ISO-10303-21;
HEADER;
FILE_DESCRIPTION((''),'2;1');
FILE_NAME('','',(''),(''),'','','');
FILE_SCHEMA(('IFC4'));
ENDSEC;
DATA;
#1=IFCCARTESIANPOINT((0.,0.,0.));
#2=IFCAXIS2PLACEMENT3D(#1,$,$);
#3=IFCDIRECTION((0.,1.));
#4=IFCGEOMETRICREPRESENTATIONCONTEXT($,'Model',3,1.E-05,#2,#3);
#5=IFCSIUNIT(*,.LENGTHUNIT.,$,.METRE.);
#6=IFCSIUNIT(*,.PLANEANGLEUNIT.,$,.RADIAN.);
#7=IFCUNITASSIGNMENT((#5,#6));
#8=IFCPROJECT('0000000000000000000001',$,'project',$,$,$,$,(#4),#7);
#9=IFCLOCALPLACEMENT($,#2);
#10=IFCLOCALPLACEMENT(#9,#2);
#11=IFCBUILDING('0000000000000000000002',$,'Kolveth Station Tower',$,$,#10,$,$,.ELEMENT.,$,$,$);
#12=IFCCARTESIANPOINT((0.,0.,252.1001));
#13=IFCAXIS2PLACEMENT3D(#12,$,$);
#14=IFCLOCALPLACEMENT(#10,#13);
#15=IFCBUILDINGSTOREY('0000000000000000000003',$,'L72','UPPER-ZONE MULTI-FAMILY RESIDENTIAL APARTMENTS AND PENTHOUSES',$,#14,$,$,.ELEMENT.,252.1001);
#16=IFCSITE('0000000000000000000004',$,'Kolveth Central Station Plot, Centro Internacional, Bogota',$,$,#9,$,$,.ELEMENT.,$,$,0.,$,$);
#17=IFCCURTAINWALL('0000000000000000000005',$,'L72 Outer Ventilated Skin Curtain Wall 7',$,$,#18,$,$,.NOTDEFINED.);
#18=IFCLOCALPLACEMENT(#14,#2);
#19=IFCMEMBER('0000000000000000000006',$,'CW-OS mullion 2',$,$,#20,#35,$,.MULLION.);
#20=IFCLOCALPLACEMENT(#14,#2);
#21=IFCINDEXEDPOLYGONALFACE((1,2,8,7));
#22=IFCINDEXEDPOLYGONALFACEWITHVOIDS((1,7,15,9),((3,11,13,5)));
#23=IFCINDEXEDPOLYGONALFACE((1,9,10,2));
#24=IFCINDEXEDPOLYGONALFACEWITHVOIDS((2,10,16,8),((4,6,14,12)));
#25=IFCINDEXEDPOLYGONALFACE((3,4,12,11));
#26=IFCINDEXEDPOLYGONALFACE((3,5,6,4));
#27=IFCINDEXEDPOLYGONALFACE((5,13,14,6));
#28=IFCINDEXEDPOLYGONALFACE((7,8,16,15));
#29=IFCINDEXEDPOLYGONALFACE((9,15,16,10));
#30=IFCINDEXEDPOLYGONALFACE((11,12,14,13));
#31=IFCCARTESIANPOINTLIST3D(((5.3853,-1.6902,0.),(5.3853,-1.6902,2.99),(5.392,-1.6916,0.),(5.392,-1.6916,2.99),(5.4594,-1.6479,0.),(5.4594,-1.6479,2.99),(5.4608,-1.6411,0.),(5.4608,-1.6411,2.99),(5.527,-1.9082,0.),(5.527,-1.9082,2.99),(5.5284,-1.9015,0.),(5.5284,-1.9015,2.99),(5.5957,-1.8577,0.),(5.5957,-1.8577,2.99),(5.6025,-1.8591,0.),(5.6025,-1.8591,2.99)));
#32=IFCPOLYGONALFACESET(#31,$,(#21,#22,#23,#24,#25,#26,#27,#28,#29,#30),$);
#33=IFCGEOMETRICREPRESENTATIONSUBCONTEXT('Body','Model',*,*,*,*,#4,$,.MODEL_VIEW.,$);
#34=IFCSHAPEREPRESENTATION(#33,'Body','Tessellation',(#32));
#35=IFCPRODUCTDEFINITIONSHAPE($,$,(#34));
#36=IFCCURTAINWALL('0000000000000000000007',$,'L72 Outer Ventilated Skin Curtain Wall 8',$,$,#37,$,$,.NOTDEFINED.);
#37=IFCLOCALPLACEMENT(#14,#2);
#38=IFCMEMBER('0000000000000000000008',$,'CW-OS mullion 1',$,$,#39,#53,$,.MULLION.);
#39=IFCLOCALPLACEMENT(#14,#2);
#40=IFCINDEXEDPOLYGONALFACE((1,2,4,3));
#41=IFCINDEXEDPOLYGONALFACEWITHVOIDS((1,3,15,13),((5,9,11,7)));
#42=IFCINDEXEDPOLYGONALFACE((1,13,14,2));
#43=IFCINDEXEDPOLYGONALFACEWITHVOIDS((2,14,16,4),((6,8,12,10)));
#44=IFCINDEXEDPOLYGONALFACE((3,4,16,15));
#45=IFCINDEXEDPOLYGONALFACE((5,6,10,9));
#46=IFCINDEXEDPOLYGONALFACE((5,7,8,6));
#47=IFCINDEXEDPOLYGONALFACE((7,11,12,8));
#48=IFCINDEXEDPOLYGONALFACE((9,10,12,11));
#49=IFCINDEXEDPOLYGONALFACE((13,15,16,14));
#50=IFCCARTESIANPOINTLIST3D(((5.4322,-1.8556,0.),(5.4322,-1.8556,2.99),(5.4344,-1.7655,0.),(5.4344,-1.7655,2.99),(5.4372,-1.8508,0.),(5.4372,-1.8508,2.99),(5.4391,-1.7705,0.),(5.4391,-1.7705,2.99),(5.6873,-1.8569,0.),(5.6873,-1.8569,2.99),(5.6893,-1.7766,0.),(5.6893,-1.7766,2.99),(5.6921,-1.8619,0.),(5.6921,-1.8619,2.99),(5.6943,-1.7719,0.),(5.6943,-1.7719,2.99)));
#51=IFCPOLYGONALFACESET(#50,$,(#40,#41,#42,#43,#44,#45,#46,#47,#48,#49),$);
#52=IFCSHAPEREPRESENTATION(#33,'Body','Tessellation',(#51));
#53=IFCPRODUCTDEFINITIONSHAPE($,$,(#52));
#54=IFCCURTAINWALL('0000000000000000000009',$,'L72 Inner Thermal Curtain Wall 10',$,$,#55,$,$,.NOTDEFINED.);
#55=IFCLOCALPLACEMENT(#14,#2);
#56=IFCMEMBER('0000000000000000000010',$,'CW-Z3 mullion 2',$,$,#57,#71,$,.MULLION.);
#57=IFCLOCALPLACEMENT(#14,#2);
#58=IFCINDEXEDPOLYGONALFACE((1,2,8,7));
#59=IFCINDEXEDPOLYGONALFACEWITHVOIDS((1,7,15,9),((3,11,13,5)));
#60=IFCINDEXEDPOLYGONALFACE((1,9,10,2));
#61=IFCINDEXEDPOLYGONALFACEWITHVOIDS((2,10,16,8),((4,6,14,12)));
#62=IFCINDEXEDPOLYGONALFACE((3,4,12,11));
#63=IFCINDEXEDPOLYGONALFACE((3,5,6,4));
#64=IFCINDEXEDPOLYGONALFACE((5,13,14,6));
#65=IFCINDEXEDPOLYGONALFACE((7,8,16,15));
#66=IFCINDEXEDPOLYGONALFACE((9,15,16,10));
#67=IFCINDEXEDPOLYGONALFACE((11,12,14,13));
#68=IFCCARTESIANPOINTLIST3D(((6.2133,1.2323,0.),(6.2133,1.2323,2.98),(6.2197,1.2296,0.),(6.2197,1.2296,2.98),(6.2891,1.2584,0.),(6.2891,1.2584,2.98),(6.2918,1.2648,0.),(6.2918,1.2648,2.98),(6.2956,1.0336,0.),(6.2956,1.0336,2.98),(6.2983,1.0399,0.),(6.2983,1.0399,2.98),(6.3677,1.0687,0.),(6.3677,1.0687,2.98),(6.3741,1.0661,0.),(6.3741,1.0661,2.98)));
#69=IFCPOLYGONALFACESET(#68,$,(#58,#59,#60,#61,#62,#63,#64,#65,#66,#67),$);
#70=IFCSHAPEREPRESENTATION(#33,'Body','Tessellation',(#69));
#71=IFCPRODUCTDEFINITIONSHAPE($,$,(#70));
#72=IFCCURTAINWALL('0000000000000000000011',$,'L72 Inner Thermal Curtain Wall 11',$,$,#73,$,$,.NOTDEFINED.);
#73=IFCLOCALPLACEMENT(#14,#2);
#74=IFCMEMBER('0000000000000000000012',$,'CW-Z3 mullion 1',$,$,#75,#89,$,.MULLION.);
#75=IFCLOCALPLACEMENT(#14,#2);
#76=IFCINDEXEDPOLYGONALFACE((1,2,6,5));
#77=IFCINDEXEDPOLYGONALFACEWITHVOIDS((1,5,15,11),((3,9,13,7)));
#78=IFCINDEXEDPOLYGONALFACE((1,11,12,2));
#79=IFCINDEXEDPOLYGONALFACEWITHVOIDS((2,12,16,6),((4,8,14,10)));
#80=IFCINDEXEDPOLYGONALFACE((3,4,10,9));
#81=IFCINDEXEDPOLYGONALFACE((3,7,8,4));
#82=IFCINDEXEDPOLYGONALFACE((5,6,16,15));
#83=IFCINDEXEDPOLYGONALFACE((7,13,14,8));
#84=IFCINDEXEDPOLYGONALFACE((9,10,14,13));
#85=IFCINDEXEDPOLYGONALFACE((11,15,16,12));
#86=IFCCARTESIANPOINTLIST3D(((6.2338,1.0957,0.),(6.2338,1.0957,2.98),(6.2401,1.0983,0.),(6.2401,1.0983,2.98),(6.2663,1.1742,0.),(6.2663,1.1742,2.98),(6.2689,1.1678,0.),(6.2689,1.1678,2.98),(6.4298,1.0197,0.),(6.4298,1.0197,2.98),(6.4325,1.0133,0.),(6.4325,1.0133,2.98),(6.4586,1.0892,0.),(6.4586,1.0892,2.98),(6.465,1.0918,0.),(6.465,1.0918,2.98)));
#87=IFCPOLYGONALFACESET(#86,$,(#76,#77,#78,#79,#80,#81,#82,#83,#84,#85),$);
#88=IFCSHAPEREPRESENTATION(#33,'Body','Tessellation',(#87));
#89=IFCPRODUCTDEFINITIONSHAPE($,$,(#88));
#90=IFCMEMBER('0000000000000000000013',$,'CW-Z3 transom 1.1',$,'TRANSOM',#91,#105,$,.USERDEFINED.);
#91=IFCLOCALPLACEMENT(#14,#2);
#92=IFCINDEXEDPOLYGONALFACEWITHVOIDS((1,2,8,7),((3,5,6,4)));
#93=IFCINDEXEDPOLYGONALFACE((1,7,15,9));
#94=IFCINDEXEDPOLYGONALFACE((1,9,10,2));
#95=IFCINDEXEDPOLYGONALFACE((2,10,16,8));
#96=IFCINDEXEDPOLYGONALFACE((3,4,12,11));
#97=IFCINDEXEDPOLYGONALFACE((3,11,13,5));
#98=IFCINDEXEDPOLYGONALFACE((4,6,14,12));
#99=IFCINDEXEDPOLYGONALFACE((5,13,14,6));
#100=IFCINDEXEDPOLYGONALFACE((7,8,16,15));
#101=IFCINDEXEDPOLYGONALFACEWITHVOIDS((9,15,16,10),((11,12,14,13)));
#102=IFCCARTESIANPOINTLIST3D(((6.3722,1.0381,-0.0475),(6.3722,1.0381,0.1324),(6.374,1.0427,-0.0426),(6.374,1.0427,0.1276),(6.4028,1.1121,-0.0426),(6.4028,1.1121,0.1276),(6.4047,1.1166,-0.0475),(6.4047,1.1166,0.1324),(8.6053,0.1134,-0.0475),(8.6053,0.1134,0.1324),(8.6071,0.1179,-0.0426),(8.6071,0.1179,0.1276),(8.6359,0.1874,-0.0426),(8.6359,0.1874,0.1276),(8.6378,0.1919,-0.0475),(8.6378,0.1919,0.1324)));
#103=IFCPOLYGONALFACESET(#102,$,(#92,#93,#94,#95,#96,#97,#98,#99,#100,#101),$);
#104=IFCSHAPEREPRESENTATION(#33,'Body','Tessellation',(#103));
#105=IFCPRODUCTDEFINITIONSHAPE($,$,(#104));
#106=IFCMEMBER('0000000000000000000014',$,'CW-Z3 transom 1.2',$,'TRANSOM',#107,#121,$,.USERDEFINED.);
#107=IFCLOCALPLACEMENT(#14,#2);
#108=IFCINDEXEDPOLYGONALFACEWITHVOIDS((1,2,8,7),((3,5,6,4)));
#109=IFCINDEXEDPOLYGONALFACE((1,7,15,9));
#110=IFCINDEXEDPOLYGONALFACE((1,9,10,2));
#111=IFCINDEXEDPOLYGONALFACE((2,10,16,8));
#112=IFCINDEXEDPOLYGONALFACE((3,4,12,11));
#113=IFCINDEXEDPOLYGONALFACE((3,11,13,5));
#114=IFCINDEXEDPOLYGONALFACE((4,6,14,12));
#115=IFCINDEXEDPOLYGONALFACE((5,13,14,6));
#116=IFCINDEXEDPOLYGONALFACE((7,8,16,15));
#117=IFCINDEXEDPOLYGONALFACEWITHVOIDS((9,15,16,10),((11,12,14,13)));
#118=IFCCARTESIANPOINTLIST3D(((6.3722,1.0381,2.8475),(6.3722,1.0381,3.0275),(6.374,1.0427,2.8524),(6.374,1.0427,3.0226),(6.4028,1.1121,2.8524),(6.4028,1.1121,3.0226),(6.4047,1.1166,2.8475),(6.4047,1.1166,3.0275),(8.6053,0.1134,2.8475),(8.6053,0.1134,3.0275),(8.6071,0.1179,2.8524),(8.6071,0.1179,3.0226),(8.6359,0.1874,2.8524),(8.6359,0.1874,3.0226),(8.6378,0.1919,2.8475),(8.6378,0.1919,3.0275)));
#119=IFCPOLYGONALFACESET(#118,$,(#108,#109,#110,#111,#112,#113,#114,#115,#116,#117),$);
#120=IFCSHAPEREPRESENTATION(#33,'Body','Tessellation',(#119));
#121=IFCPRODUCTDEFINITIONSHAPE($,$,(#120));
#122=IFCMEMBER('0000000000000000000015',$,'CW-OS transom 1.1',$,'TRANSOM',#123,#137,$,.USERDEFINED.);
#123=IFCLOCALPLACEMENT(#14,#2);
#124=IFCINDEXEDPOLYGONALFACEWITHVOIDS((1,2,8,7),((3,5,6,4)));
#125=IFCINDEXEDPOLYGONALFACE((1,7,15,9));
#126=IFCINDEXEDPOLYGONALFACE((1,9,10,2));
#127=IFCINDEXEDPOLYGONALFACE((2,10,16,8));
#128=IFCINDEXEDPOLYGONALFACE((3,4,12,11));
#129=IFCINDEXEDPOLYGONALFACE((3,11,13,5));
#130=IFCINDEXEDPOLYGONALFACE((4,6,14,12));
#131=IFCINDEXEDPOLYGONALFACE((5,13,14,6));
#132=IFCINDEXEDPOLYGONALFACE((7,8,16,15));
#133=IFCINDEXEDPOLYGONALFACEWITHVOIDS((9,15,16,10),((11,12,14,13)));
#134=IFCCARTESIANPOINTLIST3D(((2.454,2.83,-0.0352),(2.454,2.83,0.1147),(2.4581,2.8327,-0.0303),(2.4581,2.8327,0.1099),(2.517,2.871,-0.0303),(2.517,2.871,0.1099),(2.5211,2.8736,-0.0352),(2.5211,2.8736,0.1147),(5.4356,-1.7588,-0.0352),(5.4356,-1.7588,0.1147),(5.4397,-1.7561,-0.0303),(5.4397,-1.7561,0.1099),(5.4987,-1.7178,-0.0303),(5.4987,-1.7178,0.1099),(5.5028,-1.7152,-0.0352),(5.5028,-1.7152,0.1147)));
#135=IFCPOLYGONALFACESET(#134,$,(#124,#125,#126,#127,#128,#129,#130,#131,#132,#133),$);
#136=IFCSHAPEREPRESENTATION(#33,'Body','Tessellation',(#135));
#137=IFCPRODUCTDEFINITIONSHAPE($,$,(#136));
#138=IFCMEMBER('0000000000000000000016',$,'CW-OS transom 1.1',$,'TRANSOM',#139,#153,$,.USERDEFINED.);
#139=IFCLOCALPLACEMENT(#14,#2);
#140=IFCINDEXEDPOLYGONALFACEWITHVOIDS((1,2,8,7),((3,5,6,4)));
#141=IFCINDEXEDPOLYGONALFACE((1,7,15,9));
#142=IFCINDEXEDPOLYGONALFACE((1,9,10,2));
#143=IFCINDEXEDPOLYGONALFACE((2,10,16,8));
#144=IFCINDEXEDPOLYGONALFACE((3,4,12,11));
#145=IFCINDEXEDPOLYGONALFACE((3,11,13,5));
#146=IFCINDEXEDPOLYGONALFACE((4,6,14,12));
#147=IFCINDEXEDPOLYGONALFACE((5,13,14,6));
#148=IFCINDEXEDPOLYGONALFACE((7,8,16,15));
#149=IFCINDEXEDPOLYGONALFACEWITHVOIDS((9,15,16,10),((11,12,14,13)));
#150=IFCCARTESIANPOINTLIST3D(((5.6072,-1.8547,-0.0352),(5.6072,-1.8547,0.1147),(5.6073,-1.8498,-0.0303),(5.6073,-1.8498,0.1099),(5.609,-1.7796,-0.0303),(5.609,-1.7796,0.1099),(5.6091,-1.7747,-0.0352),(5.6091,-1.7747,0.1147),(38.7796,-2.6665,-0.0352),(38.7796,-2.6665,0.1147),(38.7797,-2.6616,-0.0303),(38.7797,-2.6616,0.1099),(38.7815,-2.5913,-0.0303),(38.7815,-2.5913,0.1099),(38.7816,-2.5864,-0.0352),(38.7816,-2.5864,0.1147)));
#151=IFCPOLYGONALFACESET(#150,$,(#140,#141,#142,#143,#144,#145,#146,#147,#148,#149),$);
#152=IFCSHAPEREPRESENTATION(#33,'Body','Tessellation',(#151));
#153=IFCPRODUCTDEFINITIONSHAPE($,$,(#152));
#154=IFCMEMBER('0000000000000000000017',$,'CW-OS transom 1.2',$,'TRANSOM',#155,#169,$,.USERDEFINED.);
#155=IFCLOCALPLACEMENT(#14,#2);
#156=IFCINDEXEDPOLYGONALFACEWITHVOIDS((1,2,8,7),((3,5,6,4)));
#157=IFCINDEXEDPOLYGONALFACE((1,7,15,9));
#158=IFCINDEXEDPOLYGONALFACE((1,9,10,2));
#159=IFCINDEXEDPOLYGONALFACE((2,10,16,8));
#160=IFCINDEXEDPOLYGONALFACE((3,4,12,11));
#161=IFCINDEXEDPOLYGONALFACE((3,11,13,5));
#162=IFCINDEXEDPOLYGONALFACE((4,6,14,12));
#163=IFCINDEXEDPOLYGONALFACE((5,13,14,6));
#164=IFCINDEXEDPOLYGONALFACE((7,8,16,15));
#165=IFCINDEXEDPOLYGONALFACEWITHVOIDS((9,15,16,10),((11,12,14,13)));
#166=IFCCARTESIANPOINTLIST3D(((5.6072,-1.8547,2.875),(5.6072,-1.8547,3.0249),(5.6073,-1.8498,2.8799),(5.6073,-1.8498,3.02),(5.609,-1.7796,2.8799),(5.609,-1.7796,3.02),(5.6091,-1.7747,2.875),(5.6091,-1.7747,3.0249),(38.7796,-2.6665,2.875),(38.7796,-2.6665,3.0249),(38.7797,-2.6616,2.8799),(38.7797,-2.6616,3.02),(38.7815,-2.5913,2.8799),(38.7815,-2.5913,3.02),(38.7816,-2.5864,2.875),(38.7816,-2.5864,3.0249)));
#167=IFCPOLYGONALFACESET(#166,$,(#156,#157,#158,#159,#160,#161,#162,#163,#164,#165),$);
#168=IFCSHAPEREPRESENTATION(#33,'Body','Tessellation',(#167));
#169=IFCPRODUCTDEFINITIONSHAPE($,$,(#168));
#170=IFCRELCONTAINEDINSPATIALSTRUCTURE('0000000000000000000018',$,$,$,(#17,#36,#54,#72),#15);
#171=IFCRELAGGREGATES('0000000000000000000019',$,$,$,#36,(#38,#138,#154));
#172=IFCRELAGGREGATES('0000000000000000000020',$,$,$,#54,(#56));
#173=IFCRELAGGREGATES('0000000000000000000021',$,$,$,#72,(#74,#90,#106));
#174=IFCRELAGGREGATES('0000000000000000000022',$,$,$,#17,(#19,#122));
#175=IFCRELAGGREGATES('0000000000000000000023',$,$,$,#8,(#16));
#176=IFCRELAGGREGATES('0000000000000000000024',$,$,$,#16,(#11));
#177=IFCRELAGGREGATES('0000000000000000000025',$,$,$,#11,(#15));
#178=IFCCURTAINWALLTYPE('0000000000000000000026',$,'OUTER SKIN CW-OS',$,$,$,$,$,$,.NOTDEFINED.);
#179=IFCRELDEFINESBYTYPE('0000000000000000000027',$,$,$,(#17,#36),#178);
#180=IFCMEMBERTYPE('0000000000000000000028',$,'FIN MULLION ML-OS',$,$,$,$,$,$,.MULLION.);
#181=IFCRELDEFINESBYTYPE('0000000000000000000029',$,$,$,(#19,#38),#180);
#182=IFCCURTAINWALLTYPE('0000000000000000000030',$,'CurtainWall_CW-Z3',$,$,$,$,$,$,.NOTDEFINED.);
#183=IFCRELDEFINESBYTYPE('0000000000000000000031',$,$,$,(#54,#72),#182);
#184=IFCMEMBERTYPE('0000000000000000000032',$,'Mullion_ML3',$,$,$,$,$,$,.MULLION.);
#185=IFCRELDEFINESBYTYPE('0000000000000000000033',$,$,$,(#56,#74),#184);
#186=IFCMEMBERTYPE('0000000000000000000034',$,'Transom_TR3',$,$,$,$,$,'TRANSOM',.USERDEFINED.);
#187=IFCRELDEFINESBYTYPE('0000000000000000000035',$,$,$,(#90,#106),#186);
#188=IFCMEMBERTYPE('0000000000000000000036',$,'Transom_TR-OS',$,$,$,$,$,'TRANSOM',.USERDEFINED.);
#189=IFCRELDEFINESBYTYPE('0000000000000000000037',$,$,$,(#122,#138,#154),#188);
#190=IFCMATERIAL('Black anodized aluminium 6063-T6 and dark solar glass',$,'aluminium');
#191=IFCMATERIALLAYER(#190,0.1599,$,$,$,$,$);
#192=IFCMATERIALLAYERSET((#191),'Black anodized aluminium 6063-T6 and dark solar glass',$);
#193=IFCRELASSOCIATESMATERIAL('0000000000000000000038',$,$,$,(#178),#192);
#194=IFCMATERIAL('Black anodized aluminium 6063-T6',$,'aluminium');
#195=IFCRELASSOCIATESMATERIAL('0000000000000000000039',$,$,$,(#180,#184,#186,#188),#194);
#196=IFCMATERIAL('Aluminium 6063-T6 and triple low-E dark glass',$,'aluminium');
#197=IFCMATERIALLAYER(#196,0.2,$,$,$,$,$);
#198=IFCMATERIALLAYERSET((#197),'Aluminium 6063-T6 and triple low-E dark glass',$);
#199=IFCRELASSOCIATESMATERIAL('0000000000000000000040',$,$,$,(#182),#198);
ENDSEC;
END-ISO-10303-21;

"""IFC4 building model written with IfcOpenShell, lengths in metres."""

from ifc_helpers import new_model, si_unit, direction, frame, origin, origin_2d, place, context, subcontext, project, spatial, hollow_rectangle, extrude, source, transform, mapped, material, layer, layer_set, material_profile, profile_set, type_object, element, aggregate, save


model = new_model("IFC4")

# Units and contexts
model_context = context("Model", 3, precision=1e-05, world=origin(), true_north=direction((0.0, 1.0)))
body_context = subcontext(model_context, "Body", "Model", "MODEL_VIEW")
ifc_project = project(units=[si_unit("LENGTHUNIT", "METRE"), si_unit("PLANEANGLEUNIT", "RADIAN")], contexts=[model_context])

# Site, building, storey
site_placement = place(None, origin())
site = spatial("IfcSite", under=ifc_project, at=site_placement, Name="Kolveth Central Station Plot, Centro Internacional, Bogota", CompositionType="ELEMENT", RefElevation=0.0)
building_placement = place(site_placement, origin())
building = spatial("IfcBuilding", under=site, at=building_placement, Name="Kolveth Station Tower", CompositionType="ELEMENT")
storey_placement = place(building_placement, frame((0.0, 0.0, 252.1001)))
storey = spatial("IfcBuildingStorey", under=building, at=storey_placement, Name="L72", Description="UPPER-ZONE MULTI-FAMILY RESIDENTIAL APARTMENTS AND PENTHOUSES", CompositionType="ELEMENT", Elevation=252.1001)

# Curtain walls, members
ifc_material_1 = material(Name="Black anodized aluminium 6063-T6 and dark solar glass", Category="aluminium")
ifc_layer_1 = layer(ifc_material_1, 0.1599)
ifc_layer_set_1 = layer_set([ifc_layer_1], Name="Black anodized aluminium 6063-T6 and dark solar glass")
curtain_wall_type_1 = type_object("IfcCurtainWallType", Name="OUTER SKIN CW-OS", PredefinedType="NOTDEFINED", material=ifc_layer_set_1)
curtain_wall_1_placement = place(storey_placement, origin())
curtain_wall_1 = element("IfcCurtainWall", 1, at=curtain_wall_1_placement, inside=storey, type_object=curtain_wall_type_1, Name="L72 Outer Ventilated Skin Curtain Wall 7", PredefinedType="NOTDEFINED")
ifc_material_2 = material(Name="Black anodized aluminium 6063-T6", Category="aluminium")
ifc_material_profile_1 = material_profile(ifc_material_2, hollow_rectangle(XDim=0.0901, YDim=0.26, WallThickness=0.0049, at=origin_2d()), Name="ALU-90x260x5")
ifc_profile_set_1 = profile_set([ifc_material_profile_1], Name="Black anodized aluminium 6063-T6")
member_type_1 = type_object("IfcMemberType", Name="FIN MULLION ML-OS", PredefinedType="MULLION", material=ifc_profile_set_1)
shared_shape_1 = source(origin(), body_context, "Body", "SweptSolid", [
    extrude(hollow_rectangle(XDim=0.0901, YDim=0.26, WallThickness=0.0049, at=origin_2d()), origin(), (0.0, 0.0, 1.0), 2.99),
])
member_1_placement = place(storey_placement, frame((5.4939, -1.7747, 0.0), z_axis=(0.0, 0.0, 1.0), x_axis=(0.838533, 0.544851, 0.0)))
member_1 = element("IfcMember", 2, at=member_1_placement, type_object=member_type_1, Name="CW-OS mullion 2", PredefinedType="MULLION", context=body_context, shape_type="MappedRepresentation", body=[
    mapped(shared_shape_1, transform((0.0, 0.0, 0.0), x_axis=(1.0, 0.0, 0.0), y_axis=(0.0, 1.0, 0.0), z_axis=(0.0, 0.0, 1.0), scale=1.0)),
])
curtain_wall_2_placement = place(storey_placement, origin())
curtain_wall_2 = element("IfcCurtainWall", 3, at=curtain_wall_2_placement, inside=storey, type_object=curtain_wall_type_1, Name="L72 Outer Ventilated Skin Curtain Wall 8", PredefinedType="NOTDEFINED")
member_2_placement = place(storey_placement, frame((5.5632, -1.8137, 0.0), z_axis=(0.0, 0.0, 1.0), x_axis=(0.024462, 0.999701, 0.0)))
member_2 = element("IfcMember", 4, at=member_2_placement, type_object=member_type_1, Name="CW-OS mullion 1", PredefinedType="MULLION", context=body_context, shape_type="MappedRepresentation", body=[
    mapped(shared_shape_1, transform((0.0, 0.0, 0.0), x_axis=(1.0, 0.0, 0.0), y_axis=(0.0, 1.0, 0.0), z_axis=(0.0, 0.0, 1.0), scale=1.0)),
])
ifc_material_3 = material(Name="Aluminium 6063-T6 and triple low-E dark glass", Category="aluminium")
ifc_layer_2 = layer(ifc_material_3, 0.2)
ifc_layer_set_2 = layer_set([ifc_layer_2], Name="Aluminium 6063-T6 and triple low-E dark glass")
curtain_wall_type_2 = type_object("IfcCurtainWallType", Name="CurtainWall_CW-Z3", PredefinedType="NOTDEFINED", material=ifc_layer_set_2)
curtain_wall_3_placement = place(storey_placement, origin())
curtain_wall_3 = element("IfcCurtainWall", 5, at=curtain_wall_3_placement, inside=storey, type_object=curtain_wall_type_2, Name="L72 Inner Thermal Curtain Wall 10", PredefinedType="NOTDEFINED")
ifc_material_profile_2 = material_profile(ifc_material_2, hollow_rectangle(XDim=0.085, YDim=0.2151, WallThickness=0.0049, at=origin_2d()), Name="ALU-85x215x5")
ifc_profile_set_2 = profile_set([ifc_material_profile_2], Name="Black anodized aluminium 6063-T6")
member_type_2 = type_object("IfcMemberType", Name="Mullion_ML3", PredefinedType="MULLION", material=ifc_profile_set_2)
shared_shape_2 = source(origin(), body_context, "Body", "SweptSolid", [
    extrude(hollow_rectangle(XDim=0.085, YDim=0.2151, WallThickness=0.0049, at=origin_2d()), origin(), (0.0, 0.0, 1.0), 2.98),
])
member_3_placement = place(storey_placement, frame((6.2937, 1.1492, 0.0), z_axis=(0.0, 0.0, 1.0), x_axis=(0.923875, 0.382693, 0.0)))
member_3 = element("IfcMember", 6, at=member_3_placement, type_object=member_type_2, Name="CW-Z3 mullion 2", PredefinedType="MULLION", context=body_context, shape_type="MappedRepresentation", body=[
    mapped(shared_shape_2, transform((0.0, 0.0, 0.0), x_axis=(1.0, 0.0, 0.0), y_axis=(0.0, 1.0, 0.0), z_axis=(0.0, 0.0, 1.0), scale=1.0)),
])

# Curtain wall, members
curtain_wall_4_placement = place(storey_placement, origin())
curtain_wall_4 = element("IfcCurtainWall", 7, at=curtain_wall_4_placement, inside=storey, type_object=curtain_wall_type_2, Name="L72 Inner Thermal Curtain Wall 11", PredefinedType="NOTDEFINED")
member_4_placement = place(storey_placement, frame((6.3494, 1.0938, 0.0), z_axis=(0.0, 0.0, 1.0), x_axis=(0.382693, 0.923875, 0.0)))
member_4 = element("IfcMember", 8, at=member_4_placement, type_object=member_type_2, Name="CW-Z3 mullion 1", PredefinedType="MULLION", context=body_context, shape_type="MappedRepresentation", body=[
    mapped(shared_shape_2, transform((0.0, 0.0, 0.0), x_axis=(1.0, 0.0, 0.0), y_axis=(0.0, 1.0, 0.0), z_axis=(0.0, 0.0, 1.0), scale=1.0)),
])
ifc_material_profile_3 = material_profile(ifc_material_2, hollow_rectangle(XDim=0.085, YDim=0.1799, WallThickness=0.0049, at=origin_2d()), Name="ALU-85x180x5")
ifc_profile_set_3 = profile_set([ifc_material_profile_3], Name="Black anodized aluminium 6063-T6")
member_type_3 = type_object("IfcMemberType", Name="Transom_TR3", ElementType="TRANSOM", PredefinedType="USERDEFINED", material=ifc_profile_set_3)
shared_shape_3 = source(origin(), body_context, "Body", "SweptSolid", [
    extrude(hollow_rectangle(XDim=0.085, YDim=0.1799, WallThickness=0.0049, at=origin_2d()), origin(), (0.0, 0.0, 1.0), 2.417),
])
member_5_placement = place(storey_placement, frame((6.3884, 1.0774, 0.0425), z_axis=(0.923909, -0.382613, 0.0), x_axis=(0.382613, 0.923909, 0.0)))
member_5 = element("IfcMember", 9, at=member_5_placement, type_object=member_type_3, Name="CW-Z3 transom 1.1", ObjectType="TRANSOM", PredefinedType="USERDEFINED", context=body_context, shape_type="MappedRepresentation", body=[
    mapped(shared_shape_3, transform((0.0, 0.0, 0.0), x_axis=(1.0, 0.0, 0.0), y_axis=(0.0, 1.0, 0.0), z_axis=(0.0, 0.0, 1.0), scale=1.0)),
])
member_6_placement = place(storey_placement, frame((6.3884, 1.0774, 2.9375), z_axis=(0.923909, -0.382613, 0.0), x_axis=(0.382613, 0.923909, 0.0)))
member_6 = element("IfcMember", 10, at=member_6_placement, type_object=member_type_3, Name="CW-Z3 transom 1.2", ObjectType="TRANSOM", PredefinedType="USERDEFINED", context=body_context, shape_type="MappedRepresentation", body=[
    mapped(shared_shape_3, transform((0.0, 0.0, 0.0), x_axis=(1.0, 0.0, 0.0), y_axis=(0.0, 1.0, 0.0), z_axis=(0.0, 0.0, 1.0), scale=1.0)),
])

# Members
ifc_material_profile_4 = material_profile(ifc_material_2, hollow_rectangle(XDim=0.0801, YDim=0.1499, WallThickness=0.0049, at=origin_2d()), Name="ALU-80x150x5")
ifc_profile_set_4 = profile_set([ifc_material_profile_4], Name="Black anodized aluminium 6063-T6")
member_type_4 = type_object("IfcMemberType", Name="Transom_TR-OS", ElementType="TRANSOM", PredefinedType="USERDEFINED", material=ifc_profile_set_4)
shared_shape_4 = source(origin(), body_context, "Body", "SweptSolid", [
    extrude(hollow_rectangle(XDim=0.0801, YDim=0.1499, WallThickness=0.0049, at=origin_2d()), origin(), (0.0, 0.0, 1.0), 5.4724),
])
member_7_placement = place(storey_placement, frame((2.4875, 2.8518, 0.0398), z_axis=(0.54485, -0.838533, 0.0), x_axis=(0.838533, 0.54485, 0.0)))
member_7 = element("IfcMember", 11, at=member_7_placement, type_object=member_type_4, Name="CW-OS transom 1.1", ObjectType="TRANSOM", PredefinedType="USERDEFINED", context=body_context, shape_type="MappedRepresentation", body=[
    mapped(shared_shape_4, transform((0.0, 0.0, 0.0), x_axis=(1.0, 0.0, 0.0), y_axis=(0.0, 1.0, 0.0), z_axis=(0.0, 0.0, 1.0), scale=1.0)),
])
shared_shape_5 = source(origin(), body_context, "Body", "SweptSolid", [
    extrude(hollow_rectangle(XDim=0.0801, YDim=0.1499, WallThickness=0.0049, at=origin_2d()), origin(), (0.0, 0.0, 1.0), 33.1824),
])
member_8_placement = place(storey_placement, frame((5.6082, -1.8147, 0.0398), z_axis=(0.999701, -0.024464, 0.0), x_axis=(0.024464, 0.999701, 0.0)))
member_8 = element("IfcMember", 12, at=member_8_placement, type_object=member_type_4, Name="CW-OS transom 1.1", ObjectType="TRANSOM", PredefinedType="USERDEFINED", context=body_context, shape_type="MappedRepresentation", body=[
    mapped(shared_shape_5, transform((0.0, 0.0, 0.0), x_axis=(1.0, 0.0, 0.0), y_axis=(0.0, 1.0, 0.0), z_axis=(0.0, 0.0, 1.0), scale=1.0)),
])
member_9_placement = place(storey_placement, frame((5.6082, -1.8147, 2.95), z_axis=(0.999701, -0.024464, 0.0), x_axis=(0.024464, 0.999701, 0.0)))
member_9 = element("IfcMember", 13, at=member_9_placement, type_object=member_type_4, Name="CW-OS transom 1.2", ObjectType="TRANSOM", PredefinedType="USERDEFINED", context=body_context, shape_type="MappedRepresentation", body=[
    mapped(shared_shape_5, transform((0.0, 0.0, 0.0), x_axis=(1.0, 0.0, 0.0), y_axis=(0.0, 1.0, 0.0), z_axis=(0.0, 0.0, 1.0), scale=1.0)),
])
aggregate(curtain_wall_2, [member_2, member_8, member_9])

aggregate(curtain_wall_3, [member_3])
aggregate(curtain_wall_4, [member_4, member_5, member_6])
aggregate(curtain_wall_1, [member_1, member_7])

save(model, "model.ifc")
